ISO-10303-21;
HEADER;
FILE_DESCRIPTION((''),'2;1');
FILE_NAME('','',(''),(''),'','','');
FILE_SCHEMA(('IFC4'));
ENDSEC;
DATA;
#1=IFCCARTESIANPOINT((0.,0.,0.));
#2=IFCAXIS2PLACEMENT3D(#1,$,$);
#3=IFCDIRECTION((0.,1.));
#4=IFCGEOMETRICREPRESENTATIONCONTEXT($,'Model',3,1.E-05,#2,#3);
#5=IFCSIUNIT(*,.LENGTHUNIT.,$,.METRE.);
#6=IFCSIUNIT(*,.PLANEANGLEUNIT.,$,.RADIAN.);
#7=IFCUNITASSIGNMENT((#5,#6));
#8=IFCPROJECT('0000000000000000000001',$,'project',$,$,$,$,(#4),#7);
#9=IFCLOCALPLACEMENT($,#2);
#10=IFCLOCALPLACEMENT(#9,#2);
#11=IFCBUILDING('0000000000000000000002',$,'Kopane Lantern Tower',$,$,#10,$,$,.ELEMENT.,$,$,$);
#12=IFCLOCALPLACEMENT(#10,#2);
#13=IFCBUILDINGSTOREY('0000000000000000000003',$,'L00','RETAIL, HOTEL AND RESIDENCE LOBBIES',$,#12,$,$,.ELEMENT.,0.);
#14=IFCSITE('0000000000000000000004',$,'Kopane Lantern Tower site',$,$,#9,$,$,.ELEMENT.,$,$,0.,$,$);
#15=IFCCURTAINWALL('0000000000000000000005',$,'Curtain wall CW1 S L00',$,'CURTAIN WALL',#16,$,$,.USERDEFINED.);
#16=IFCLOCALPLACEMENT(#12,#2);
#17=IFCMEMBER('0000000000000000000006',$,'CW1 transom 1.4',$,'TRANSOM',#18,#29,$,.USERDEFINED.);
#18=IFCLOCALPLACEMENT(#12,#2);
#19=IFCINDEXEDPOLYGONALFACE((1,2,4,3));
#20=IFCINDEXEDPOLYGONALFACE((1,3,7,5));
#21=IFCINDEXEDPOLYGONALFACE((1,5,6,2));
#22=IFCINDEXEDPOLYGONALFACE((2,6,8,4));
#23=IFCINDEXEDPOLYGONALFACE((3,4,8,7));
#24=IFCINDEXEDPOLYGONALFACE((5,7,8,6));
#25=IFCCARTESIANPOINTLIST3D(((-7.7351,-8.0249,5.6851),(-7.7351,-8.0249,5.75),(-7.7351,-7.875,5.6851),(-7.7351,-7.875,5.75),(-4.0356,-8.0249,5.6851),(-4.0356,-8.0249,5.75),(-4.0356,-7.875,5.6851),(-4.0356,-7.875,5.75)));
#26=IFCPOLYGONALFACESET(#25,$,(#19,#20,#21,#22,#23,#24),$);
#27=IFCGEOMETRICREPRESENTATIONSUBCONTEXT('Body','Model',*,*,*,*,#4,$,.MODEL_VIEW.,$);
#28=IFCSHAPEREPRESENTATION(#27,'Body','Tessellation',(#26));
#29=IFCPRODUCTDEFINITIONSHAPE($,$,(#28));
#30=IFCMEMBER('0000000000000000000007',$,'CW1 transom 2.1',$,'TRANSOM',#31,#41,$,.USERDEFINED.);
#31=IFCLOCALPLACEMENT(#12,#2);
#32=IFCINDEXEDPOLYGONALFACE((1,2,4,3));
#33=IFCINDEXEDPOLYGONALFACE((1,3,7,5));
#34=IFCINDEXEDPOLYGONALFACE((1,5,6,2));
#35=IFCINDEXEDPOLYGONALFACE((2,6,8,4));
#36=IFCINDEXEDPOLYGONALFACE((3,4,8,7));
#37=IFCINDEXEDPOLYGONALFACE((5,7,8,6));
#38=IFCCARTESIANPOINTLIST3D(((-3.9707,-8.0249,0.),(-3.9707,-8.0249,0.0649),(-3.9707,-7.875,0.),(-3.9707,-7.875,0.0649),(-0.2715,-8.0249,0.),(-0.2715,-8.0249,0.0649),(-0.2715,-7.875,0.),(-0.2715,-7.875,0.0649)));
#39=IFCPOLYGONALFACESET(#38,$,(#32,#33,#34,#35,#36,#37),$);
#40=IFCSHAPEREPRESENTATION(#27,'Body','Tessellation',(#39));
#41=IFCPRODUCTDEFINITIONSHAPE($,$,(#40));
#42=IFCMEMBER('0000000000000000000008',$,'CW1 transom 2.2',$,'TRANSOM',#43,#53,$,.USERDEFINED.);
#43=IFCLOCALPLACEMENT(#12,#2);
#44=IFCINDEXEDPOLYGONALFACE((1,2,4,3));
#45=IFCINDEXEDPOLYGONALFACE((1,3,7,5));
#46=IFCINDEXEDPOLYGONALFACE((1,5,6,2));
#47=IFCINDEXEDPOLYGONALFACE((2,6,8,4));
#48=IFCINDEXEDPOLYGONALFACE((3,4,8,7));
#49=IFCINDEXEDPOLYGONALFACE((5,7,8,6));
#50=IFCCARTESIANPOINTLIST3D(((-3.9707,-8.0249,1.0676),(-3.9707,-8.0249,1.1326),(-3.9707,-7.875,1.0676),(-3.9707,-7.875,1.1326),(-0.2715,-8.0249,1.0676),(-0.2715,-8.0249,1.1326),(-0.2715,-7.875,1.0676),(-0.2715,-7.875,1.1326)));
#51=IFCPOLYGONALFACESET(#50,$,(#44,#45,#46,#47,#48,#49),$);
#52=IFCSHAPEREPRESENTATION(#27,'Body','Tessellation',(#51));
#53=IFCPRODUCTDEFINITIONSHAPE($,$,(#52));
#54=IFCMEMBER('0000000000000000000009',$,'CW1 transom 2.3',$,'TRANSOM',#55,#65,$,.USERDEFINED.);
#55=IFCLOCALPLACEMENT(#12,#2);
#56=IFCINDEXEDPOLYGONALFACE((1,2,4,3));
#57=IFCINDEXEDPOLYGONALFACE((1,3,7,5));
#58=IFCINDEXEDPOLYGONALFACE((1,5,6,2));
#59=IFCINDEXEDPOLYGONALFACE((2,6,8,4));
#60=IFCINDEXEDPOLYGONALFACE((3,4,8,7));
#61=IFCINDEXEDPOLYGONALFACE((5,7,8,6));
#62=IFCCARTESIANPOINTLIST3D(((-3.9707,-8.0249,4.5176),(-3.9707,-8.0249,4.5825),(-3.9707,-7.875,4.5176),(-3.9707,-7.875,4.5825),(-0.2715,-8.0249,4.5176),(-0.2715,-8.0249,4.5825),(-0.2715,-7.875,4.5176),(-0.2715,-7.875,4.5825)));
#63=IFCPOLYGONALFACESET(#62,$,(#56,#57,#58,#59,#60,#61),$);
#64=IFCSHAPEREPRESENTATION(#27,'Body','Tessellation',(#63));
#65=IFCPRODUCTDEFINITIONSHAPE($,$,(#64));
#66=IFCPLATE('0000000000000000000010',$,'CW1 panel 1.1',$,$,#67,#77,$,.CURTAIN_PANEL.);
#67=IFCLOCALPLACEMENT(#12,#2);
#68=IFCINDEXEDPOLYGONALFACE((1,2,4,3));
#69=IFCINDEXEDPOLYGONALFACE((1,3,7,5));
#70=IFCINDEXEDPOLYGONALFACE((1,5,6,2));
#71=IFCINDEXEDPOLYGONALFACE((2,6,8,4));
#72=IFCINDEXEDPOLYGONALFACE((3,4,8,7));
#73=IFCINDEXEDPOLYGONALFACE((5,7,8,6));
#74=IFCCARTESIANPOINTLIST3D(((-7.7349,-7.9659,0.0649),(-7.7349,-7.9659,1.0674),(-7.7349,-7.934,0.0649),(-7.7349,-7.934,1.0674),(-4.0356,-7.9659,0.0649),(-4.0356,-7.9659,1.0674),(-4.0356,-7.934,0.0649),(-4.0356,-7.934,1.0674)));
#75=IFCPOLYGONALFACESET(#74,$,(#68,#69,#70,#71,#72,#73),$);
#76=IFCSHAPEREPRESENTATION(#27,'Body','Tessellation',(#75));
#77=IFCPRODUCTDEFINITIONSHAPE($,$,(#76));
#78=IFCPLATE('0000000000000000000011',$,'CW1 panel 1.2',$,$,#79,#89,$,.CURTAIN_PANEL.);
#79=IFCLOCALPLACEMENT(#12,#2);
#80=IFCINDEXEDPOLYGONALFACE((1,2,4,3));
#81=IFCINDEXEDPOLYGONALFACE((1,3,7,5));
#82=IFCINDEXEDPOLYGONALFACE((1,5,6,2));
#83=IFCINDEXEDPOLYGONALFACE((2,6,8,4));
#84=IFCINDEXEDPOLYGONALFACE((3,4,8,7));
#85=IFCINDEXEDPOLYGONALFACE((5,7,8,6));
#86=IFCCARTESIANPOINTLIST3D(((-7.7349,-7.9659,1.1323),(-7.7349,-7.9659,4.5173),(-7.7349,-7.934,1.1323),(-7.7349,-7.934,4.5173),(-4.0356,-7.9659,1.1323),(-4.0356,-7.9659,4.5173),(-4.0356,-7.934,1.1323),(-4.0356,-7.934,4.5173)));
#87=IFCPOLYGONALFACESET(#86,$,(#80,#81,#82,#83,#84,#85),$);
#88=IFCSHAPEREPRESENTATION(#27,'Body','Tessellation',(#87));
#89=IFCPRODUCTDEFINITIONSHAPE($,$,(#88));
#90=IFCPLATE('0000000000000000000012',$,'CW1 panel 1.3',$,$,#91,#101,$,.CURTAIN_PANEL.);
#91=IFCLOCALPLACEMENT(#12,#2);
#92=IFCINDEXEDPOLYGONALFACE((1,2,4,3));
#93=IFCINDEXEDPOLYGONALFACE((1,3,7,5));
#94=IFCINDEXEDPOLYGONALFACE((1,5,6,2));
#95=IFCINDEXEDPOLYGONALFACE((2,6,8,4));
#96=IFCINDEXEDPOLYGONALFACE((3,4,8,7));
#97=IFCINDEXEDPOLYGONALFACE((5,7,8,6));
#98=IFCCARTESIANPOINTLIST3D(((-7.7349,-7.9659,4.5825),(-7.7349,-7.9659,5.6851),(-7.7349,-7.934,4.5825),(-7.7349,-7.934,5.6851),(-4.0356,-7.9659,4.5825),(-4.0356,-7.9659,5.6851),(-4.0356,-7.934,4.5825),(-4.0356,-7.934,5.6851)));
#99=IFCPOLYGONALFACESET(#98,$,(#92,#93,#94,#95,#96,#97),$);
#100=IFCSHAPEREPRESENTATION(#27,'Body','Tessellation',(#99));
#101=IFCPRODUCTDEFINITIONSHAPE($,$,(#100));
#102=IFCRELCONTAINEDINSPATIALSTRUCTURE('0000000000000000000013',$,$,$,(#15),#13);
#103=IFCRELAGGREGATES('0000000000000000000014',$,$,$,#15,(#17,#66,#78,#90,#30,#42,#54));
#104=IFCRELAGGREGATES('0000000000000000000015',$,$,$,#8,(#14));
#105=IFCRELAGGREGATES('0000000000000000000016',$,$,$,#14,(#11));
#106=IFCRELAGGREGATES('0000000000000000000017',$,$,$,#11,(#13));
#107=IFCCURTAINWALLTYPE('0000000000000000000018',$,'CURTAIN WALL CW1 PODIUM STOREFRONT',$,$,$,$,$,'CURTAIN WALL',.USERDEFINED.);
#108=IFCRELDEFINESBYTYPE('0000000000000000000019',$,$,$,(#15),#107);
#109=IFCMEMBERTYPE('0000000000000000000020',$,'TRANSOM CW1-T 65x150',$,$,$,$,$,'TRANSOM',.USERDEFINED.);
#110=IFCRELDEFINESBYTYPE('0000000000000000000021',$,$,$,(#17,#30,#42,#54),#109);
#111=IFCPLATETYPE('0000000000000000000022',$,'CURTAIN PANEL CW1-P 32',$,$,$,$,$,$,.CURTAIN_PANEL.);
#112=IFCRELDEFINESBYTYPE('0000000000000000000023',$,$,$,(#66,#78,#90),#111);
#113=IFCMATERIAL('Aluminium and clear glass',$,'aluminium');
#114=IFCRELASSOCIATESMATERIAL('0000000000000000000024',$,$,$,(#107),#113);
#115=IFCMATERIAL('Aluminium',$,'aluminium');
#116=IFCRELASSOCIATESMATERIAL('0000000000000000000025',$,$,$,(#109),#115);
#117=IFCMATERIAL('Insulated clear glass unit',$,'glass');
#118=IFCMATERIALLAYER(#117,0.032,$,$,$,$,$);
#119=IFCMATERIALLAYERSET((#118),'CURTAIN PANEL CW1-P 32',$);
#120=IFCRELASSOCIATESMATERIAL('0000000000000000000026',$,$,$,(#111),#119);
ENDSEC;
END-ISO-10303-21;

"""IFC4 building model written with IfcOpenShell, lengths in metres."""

from ifc_helpers import new_model, si_unit, direction, frame, origin, origin_2d, place, context, subcontext, project, spatial, rectangle, extrude, material, layer, layer_set, material_profile, profile_set, type_object, element, aggregate, save


model = new_model("IFC4")

# Units and contexts
model_context = context("Model", 3, precision=1e-05, world=origin(), true_north=direction((0.0, 1.0)))
body_context = subcontext(model_context, "Body", "Model", "MODEL_VIEW")
ifc_project = project(units=[si_unit("LENGTHUNIT", "METRE"), si_unit("PLANEANGLEUNIT", "RADIAN")], contexts=[model_context])

# Site, building, storey
site_placement = place(None, origin())
site = spatial("IfcSite", under=ifc_project, at=site_placement, Name="Kopane Lantern Tower site", CompositionType="ELEMENT", RefElevation=0.0)
building_placement = place(site_placement, origin())
building = spatial("IfcBuilding", under=site, at=building_placement, Name="Kopane Lantern Tower", CompositionType="ELEMENT")
storey_placement = place(building_placement, origin())
storey = spatial("IfcBuildingStorey", under=building, at=storey_placement, Name="L00", Description="RETAIL, HOTEL AND RESIDENCE LOBBIES", CompositionType="ELEMENT", Elevation=0.0)

# Curtain wall, members, plates
ifc_material_1 = material(Name="Aluminium and clear glass", Category="aluminium")
curtain_wall_type = type_object("IfcCurtainWallType", Name="CURTAIN WALL CW1 PODIUM STOREFRONT", ElementType="CURTAIN WALL", PredefinedType="USERDEFINED", material=ifc_material_1)
curtain_wall_placement = place(storey_placement, origin())
curtain_wall = element("IfcCurtainWall", 1, at=curtain_wall_placement, inside=storey, type_object=curtain_wall_type, Name="Curtain wall CW1 S L00", ObjectType="CURTAIN WALL", PredefinedType="USERDEFINED")
ifc_material_2 = material(Name="Aluminium", Category="aluminium")
ifc_material_profile_1 = material_profile(ifc_material_2, rectangle(XDim=0.1499, YDim=0.0649, at=origin_2d()), Name="AL 150x65")
ifc_profile_set_1 = profile_set([ifc_material_profile_1], Name="Aluminium")
member_type_1 = type_object("IfcMemberType", Name="TRANSOM CW1-T 65x150", ElementType="TRANSOM", PredefinedType="USERDEFINED", material=ifc_profile_set_1)
member_1_placement = place(storey_placement, frame((-7.7351, -7.95, 5.7175), z_axis=(1.0, 0.0, 0.0), x_axis=(0.0, 1.0, 0.0)))
member_1 = element("IfcMember", 2, at=member_1_placement, type_object=member_type_1, Name="CW1 transom 1.4", ObjectType="TRANSOM", PredefinedType="USERDEFINED", context=body_context, shape_type="SweptSolid", body=[
    extrude(rectangle(XDim=0.1499, YDim=0.0649, at=origin_2d()), origin(), (0.0, 0.0, 1.0), 3.6995),
])
member_2_placement = place(storey_placement, frame((-3.9707, -7.95, 0.0325), z_axis=(1.0, 0.0, 0.0), x_axis=(0.0, 1.0, 0.0)))
member_2 = element("IfcMember", 3, at=member_2_placement, type_object=member_type_1, Name="CW1 transom 2.1", ObjectType="TRANSOM", PredefinedType="USERDEFINED", context=body_context, shape_type="SweptSolid", body=[
    extrude(rectangle(XDim=0.1499, YDim=0.0649, at=origin_2d()), origin(), (0.0, 0.0, 1.0), 3.6992),
])
member_3_placement = place(storey_placement, frame((-3.9707, -7.95, 1.1001), z_axis=(1.0, 0.0, 0.0), x_axis=(0.0, 1.0, 0.0)))
member_3 = element("IfcMember", 4, at=member_3_placement, type_object=member_type_1, Name="CW1 transom 2.2", ObjectType="TRANSOM", PredefinedType="USERDEFINED", context=body_context, shape_type="SweptSolid", body=[
    extrude(rectangle(XDim=0.1499, YDim=0.0649, at=origin_2d()), origin(), (0.0, 0.0, 1.0), 3.6992),
])
member_4_placement = place(storey_placement, frame((-3.9707, -7.95, 4.55), z_axis=(1.0, 0.0, 0.0), x_axis=(0.0, 1.0, 0.0)))
member_4 = element("IfcMember", 5, at=member_4_placement, type_object=member_type_1, Name="CW1 transom 2.3", ObjectType="TRANSOM", PredefinedType="USERDEFINED", context=body_context, shape_type="SweptSolid", body=[
    extrude(rectangle(XDim=0.1499, YDim=0.0649, at=origin_2d()), origin(), (0.0, 0.0, 1.0), 3.6992),
])
ifc_material_3 = material(Name="Insulated clear glass unit", Category="glass")
ifc_layer = layer(ifc_material_3, 0.032)
ifc_layer_set = layer_set([ifc_layer], Name="CURTAIN PANEL CW1-P 32")
plate_type = type_object("IfcPlateType", Name="CURTAIN PANEL CW1-P 32", PredefinedType="CURTAIN_PANEL", material=ifc_layer_set)
plate_1_placement = place(storey_placement, frame((-5.8853, -7.95, 0.0649), z_axis=(0.0, 0.0, 1.0), x_axis=(1.0, 0.0, 0.0)))
plate_1 = element("IfcPlate", 6, at=plate_1_placement, type_object=plate_type, Name="CW1 panel 1.1", PredefinedType="CURTAIN_PANEL", context=body_context, shape_type="SweptSolid", body=[
    extrude(rectangle(XDim=3.6992, YDim=0.032, at=origin_2d()), origin(), (0.0, 0.0, 1.0), 1.0024),
])
plate_2_placement = place(storey_placement, frame((-5.8853, -7.95, 1.1323), z_axis=(0.0, 0.0, 1.0), x_axis=(1.0, 0.0, 0.0)))
plate_2 = element("IfcPlate", 7, at=plate_2_placement, type_object=plate_type, Name="CW1 panel 1.2", PredefinedType="CURTAIN_PANEL", context=body_context, shape_type="SweptSolid", body=[
    extrude(rectangle(XDim=3.6992, YDim=0.032, at=origin_2d()), origin(), (0.0, 0.0, 1.0), 3.385),
])
plate_3_placement = place(storey_placement, frame((-5.8853, -7.95, 4.5825), z_axis=(0.0, 0.0, 1.0), x_axis=(1.0, 0.0, 0.0)))
plate_3 = element("IfcPlate", 8, at=plate_3_placement, type_object=plate_type, Name="CW1 panel 1.3", PredefinedType="CURTAIN_PANEL", context=body_context, shape_type="SweptSolid", body=[
    extrude(rectangle(XDim=3.6992, YDim=0.032, at=origin_2d()), origin(), (0.0, 0.0, 1.0), 1.1025),
])
aggregate(curtain_wall, [member_1, plate_1, plate_2, plate_3, member_2, member_3, member_4])

save(model, "model.ifc")
